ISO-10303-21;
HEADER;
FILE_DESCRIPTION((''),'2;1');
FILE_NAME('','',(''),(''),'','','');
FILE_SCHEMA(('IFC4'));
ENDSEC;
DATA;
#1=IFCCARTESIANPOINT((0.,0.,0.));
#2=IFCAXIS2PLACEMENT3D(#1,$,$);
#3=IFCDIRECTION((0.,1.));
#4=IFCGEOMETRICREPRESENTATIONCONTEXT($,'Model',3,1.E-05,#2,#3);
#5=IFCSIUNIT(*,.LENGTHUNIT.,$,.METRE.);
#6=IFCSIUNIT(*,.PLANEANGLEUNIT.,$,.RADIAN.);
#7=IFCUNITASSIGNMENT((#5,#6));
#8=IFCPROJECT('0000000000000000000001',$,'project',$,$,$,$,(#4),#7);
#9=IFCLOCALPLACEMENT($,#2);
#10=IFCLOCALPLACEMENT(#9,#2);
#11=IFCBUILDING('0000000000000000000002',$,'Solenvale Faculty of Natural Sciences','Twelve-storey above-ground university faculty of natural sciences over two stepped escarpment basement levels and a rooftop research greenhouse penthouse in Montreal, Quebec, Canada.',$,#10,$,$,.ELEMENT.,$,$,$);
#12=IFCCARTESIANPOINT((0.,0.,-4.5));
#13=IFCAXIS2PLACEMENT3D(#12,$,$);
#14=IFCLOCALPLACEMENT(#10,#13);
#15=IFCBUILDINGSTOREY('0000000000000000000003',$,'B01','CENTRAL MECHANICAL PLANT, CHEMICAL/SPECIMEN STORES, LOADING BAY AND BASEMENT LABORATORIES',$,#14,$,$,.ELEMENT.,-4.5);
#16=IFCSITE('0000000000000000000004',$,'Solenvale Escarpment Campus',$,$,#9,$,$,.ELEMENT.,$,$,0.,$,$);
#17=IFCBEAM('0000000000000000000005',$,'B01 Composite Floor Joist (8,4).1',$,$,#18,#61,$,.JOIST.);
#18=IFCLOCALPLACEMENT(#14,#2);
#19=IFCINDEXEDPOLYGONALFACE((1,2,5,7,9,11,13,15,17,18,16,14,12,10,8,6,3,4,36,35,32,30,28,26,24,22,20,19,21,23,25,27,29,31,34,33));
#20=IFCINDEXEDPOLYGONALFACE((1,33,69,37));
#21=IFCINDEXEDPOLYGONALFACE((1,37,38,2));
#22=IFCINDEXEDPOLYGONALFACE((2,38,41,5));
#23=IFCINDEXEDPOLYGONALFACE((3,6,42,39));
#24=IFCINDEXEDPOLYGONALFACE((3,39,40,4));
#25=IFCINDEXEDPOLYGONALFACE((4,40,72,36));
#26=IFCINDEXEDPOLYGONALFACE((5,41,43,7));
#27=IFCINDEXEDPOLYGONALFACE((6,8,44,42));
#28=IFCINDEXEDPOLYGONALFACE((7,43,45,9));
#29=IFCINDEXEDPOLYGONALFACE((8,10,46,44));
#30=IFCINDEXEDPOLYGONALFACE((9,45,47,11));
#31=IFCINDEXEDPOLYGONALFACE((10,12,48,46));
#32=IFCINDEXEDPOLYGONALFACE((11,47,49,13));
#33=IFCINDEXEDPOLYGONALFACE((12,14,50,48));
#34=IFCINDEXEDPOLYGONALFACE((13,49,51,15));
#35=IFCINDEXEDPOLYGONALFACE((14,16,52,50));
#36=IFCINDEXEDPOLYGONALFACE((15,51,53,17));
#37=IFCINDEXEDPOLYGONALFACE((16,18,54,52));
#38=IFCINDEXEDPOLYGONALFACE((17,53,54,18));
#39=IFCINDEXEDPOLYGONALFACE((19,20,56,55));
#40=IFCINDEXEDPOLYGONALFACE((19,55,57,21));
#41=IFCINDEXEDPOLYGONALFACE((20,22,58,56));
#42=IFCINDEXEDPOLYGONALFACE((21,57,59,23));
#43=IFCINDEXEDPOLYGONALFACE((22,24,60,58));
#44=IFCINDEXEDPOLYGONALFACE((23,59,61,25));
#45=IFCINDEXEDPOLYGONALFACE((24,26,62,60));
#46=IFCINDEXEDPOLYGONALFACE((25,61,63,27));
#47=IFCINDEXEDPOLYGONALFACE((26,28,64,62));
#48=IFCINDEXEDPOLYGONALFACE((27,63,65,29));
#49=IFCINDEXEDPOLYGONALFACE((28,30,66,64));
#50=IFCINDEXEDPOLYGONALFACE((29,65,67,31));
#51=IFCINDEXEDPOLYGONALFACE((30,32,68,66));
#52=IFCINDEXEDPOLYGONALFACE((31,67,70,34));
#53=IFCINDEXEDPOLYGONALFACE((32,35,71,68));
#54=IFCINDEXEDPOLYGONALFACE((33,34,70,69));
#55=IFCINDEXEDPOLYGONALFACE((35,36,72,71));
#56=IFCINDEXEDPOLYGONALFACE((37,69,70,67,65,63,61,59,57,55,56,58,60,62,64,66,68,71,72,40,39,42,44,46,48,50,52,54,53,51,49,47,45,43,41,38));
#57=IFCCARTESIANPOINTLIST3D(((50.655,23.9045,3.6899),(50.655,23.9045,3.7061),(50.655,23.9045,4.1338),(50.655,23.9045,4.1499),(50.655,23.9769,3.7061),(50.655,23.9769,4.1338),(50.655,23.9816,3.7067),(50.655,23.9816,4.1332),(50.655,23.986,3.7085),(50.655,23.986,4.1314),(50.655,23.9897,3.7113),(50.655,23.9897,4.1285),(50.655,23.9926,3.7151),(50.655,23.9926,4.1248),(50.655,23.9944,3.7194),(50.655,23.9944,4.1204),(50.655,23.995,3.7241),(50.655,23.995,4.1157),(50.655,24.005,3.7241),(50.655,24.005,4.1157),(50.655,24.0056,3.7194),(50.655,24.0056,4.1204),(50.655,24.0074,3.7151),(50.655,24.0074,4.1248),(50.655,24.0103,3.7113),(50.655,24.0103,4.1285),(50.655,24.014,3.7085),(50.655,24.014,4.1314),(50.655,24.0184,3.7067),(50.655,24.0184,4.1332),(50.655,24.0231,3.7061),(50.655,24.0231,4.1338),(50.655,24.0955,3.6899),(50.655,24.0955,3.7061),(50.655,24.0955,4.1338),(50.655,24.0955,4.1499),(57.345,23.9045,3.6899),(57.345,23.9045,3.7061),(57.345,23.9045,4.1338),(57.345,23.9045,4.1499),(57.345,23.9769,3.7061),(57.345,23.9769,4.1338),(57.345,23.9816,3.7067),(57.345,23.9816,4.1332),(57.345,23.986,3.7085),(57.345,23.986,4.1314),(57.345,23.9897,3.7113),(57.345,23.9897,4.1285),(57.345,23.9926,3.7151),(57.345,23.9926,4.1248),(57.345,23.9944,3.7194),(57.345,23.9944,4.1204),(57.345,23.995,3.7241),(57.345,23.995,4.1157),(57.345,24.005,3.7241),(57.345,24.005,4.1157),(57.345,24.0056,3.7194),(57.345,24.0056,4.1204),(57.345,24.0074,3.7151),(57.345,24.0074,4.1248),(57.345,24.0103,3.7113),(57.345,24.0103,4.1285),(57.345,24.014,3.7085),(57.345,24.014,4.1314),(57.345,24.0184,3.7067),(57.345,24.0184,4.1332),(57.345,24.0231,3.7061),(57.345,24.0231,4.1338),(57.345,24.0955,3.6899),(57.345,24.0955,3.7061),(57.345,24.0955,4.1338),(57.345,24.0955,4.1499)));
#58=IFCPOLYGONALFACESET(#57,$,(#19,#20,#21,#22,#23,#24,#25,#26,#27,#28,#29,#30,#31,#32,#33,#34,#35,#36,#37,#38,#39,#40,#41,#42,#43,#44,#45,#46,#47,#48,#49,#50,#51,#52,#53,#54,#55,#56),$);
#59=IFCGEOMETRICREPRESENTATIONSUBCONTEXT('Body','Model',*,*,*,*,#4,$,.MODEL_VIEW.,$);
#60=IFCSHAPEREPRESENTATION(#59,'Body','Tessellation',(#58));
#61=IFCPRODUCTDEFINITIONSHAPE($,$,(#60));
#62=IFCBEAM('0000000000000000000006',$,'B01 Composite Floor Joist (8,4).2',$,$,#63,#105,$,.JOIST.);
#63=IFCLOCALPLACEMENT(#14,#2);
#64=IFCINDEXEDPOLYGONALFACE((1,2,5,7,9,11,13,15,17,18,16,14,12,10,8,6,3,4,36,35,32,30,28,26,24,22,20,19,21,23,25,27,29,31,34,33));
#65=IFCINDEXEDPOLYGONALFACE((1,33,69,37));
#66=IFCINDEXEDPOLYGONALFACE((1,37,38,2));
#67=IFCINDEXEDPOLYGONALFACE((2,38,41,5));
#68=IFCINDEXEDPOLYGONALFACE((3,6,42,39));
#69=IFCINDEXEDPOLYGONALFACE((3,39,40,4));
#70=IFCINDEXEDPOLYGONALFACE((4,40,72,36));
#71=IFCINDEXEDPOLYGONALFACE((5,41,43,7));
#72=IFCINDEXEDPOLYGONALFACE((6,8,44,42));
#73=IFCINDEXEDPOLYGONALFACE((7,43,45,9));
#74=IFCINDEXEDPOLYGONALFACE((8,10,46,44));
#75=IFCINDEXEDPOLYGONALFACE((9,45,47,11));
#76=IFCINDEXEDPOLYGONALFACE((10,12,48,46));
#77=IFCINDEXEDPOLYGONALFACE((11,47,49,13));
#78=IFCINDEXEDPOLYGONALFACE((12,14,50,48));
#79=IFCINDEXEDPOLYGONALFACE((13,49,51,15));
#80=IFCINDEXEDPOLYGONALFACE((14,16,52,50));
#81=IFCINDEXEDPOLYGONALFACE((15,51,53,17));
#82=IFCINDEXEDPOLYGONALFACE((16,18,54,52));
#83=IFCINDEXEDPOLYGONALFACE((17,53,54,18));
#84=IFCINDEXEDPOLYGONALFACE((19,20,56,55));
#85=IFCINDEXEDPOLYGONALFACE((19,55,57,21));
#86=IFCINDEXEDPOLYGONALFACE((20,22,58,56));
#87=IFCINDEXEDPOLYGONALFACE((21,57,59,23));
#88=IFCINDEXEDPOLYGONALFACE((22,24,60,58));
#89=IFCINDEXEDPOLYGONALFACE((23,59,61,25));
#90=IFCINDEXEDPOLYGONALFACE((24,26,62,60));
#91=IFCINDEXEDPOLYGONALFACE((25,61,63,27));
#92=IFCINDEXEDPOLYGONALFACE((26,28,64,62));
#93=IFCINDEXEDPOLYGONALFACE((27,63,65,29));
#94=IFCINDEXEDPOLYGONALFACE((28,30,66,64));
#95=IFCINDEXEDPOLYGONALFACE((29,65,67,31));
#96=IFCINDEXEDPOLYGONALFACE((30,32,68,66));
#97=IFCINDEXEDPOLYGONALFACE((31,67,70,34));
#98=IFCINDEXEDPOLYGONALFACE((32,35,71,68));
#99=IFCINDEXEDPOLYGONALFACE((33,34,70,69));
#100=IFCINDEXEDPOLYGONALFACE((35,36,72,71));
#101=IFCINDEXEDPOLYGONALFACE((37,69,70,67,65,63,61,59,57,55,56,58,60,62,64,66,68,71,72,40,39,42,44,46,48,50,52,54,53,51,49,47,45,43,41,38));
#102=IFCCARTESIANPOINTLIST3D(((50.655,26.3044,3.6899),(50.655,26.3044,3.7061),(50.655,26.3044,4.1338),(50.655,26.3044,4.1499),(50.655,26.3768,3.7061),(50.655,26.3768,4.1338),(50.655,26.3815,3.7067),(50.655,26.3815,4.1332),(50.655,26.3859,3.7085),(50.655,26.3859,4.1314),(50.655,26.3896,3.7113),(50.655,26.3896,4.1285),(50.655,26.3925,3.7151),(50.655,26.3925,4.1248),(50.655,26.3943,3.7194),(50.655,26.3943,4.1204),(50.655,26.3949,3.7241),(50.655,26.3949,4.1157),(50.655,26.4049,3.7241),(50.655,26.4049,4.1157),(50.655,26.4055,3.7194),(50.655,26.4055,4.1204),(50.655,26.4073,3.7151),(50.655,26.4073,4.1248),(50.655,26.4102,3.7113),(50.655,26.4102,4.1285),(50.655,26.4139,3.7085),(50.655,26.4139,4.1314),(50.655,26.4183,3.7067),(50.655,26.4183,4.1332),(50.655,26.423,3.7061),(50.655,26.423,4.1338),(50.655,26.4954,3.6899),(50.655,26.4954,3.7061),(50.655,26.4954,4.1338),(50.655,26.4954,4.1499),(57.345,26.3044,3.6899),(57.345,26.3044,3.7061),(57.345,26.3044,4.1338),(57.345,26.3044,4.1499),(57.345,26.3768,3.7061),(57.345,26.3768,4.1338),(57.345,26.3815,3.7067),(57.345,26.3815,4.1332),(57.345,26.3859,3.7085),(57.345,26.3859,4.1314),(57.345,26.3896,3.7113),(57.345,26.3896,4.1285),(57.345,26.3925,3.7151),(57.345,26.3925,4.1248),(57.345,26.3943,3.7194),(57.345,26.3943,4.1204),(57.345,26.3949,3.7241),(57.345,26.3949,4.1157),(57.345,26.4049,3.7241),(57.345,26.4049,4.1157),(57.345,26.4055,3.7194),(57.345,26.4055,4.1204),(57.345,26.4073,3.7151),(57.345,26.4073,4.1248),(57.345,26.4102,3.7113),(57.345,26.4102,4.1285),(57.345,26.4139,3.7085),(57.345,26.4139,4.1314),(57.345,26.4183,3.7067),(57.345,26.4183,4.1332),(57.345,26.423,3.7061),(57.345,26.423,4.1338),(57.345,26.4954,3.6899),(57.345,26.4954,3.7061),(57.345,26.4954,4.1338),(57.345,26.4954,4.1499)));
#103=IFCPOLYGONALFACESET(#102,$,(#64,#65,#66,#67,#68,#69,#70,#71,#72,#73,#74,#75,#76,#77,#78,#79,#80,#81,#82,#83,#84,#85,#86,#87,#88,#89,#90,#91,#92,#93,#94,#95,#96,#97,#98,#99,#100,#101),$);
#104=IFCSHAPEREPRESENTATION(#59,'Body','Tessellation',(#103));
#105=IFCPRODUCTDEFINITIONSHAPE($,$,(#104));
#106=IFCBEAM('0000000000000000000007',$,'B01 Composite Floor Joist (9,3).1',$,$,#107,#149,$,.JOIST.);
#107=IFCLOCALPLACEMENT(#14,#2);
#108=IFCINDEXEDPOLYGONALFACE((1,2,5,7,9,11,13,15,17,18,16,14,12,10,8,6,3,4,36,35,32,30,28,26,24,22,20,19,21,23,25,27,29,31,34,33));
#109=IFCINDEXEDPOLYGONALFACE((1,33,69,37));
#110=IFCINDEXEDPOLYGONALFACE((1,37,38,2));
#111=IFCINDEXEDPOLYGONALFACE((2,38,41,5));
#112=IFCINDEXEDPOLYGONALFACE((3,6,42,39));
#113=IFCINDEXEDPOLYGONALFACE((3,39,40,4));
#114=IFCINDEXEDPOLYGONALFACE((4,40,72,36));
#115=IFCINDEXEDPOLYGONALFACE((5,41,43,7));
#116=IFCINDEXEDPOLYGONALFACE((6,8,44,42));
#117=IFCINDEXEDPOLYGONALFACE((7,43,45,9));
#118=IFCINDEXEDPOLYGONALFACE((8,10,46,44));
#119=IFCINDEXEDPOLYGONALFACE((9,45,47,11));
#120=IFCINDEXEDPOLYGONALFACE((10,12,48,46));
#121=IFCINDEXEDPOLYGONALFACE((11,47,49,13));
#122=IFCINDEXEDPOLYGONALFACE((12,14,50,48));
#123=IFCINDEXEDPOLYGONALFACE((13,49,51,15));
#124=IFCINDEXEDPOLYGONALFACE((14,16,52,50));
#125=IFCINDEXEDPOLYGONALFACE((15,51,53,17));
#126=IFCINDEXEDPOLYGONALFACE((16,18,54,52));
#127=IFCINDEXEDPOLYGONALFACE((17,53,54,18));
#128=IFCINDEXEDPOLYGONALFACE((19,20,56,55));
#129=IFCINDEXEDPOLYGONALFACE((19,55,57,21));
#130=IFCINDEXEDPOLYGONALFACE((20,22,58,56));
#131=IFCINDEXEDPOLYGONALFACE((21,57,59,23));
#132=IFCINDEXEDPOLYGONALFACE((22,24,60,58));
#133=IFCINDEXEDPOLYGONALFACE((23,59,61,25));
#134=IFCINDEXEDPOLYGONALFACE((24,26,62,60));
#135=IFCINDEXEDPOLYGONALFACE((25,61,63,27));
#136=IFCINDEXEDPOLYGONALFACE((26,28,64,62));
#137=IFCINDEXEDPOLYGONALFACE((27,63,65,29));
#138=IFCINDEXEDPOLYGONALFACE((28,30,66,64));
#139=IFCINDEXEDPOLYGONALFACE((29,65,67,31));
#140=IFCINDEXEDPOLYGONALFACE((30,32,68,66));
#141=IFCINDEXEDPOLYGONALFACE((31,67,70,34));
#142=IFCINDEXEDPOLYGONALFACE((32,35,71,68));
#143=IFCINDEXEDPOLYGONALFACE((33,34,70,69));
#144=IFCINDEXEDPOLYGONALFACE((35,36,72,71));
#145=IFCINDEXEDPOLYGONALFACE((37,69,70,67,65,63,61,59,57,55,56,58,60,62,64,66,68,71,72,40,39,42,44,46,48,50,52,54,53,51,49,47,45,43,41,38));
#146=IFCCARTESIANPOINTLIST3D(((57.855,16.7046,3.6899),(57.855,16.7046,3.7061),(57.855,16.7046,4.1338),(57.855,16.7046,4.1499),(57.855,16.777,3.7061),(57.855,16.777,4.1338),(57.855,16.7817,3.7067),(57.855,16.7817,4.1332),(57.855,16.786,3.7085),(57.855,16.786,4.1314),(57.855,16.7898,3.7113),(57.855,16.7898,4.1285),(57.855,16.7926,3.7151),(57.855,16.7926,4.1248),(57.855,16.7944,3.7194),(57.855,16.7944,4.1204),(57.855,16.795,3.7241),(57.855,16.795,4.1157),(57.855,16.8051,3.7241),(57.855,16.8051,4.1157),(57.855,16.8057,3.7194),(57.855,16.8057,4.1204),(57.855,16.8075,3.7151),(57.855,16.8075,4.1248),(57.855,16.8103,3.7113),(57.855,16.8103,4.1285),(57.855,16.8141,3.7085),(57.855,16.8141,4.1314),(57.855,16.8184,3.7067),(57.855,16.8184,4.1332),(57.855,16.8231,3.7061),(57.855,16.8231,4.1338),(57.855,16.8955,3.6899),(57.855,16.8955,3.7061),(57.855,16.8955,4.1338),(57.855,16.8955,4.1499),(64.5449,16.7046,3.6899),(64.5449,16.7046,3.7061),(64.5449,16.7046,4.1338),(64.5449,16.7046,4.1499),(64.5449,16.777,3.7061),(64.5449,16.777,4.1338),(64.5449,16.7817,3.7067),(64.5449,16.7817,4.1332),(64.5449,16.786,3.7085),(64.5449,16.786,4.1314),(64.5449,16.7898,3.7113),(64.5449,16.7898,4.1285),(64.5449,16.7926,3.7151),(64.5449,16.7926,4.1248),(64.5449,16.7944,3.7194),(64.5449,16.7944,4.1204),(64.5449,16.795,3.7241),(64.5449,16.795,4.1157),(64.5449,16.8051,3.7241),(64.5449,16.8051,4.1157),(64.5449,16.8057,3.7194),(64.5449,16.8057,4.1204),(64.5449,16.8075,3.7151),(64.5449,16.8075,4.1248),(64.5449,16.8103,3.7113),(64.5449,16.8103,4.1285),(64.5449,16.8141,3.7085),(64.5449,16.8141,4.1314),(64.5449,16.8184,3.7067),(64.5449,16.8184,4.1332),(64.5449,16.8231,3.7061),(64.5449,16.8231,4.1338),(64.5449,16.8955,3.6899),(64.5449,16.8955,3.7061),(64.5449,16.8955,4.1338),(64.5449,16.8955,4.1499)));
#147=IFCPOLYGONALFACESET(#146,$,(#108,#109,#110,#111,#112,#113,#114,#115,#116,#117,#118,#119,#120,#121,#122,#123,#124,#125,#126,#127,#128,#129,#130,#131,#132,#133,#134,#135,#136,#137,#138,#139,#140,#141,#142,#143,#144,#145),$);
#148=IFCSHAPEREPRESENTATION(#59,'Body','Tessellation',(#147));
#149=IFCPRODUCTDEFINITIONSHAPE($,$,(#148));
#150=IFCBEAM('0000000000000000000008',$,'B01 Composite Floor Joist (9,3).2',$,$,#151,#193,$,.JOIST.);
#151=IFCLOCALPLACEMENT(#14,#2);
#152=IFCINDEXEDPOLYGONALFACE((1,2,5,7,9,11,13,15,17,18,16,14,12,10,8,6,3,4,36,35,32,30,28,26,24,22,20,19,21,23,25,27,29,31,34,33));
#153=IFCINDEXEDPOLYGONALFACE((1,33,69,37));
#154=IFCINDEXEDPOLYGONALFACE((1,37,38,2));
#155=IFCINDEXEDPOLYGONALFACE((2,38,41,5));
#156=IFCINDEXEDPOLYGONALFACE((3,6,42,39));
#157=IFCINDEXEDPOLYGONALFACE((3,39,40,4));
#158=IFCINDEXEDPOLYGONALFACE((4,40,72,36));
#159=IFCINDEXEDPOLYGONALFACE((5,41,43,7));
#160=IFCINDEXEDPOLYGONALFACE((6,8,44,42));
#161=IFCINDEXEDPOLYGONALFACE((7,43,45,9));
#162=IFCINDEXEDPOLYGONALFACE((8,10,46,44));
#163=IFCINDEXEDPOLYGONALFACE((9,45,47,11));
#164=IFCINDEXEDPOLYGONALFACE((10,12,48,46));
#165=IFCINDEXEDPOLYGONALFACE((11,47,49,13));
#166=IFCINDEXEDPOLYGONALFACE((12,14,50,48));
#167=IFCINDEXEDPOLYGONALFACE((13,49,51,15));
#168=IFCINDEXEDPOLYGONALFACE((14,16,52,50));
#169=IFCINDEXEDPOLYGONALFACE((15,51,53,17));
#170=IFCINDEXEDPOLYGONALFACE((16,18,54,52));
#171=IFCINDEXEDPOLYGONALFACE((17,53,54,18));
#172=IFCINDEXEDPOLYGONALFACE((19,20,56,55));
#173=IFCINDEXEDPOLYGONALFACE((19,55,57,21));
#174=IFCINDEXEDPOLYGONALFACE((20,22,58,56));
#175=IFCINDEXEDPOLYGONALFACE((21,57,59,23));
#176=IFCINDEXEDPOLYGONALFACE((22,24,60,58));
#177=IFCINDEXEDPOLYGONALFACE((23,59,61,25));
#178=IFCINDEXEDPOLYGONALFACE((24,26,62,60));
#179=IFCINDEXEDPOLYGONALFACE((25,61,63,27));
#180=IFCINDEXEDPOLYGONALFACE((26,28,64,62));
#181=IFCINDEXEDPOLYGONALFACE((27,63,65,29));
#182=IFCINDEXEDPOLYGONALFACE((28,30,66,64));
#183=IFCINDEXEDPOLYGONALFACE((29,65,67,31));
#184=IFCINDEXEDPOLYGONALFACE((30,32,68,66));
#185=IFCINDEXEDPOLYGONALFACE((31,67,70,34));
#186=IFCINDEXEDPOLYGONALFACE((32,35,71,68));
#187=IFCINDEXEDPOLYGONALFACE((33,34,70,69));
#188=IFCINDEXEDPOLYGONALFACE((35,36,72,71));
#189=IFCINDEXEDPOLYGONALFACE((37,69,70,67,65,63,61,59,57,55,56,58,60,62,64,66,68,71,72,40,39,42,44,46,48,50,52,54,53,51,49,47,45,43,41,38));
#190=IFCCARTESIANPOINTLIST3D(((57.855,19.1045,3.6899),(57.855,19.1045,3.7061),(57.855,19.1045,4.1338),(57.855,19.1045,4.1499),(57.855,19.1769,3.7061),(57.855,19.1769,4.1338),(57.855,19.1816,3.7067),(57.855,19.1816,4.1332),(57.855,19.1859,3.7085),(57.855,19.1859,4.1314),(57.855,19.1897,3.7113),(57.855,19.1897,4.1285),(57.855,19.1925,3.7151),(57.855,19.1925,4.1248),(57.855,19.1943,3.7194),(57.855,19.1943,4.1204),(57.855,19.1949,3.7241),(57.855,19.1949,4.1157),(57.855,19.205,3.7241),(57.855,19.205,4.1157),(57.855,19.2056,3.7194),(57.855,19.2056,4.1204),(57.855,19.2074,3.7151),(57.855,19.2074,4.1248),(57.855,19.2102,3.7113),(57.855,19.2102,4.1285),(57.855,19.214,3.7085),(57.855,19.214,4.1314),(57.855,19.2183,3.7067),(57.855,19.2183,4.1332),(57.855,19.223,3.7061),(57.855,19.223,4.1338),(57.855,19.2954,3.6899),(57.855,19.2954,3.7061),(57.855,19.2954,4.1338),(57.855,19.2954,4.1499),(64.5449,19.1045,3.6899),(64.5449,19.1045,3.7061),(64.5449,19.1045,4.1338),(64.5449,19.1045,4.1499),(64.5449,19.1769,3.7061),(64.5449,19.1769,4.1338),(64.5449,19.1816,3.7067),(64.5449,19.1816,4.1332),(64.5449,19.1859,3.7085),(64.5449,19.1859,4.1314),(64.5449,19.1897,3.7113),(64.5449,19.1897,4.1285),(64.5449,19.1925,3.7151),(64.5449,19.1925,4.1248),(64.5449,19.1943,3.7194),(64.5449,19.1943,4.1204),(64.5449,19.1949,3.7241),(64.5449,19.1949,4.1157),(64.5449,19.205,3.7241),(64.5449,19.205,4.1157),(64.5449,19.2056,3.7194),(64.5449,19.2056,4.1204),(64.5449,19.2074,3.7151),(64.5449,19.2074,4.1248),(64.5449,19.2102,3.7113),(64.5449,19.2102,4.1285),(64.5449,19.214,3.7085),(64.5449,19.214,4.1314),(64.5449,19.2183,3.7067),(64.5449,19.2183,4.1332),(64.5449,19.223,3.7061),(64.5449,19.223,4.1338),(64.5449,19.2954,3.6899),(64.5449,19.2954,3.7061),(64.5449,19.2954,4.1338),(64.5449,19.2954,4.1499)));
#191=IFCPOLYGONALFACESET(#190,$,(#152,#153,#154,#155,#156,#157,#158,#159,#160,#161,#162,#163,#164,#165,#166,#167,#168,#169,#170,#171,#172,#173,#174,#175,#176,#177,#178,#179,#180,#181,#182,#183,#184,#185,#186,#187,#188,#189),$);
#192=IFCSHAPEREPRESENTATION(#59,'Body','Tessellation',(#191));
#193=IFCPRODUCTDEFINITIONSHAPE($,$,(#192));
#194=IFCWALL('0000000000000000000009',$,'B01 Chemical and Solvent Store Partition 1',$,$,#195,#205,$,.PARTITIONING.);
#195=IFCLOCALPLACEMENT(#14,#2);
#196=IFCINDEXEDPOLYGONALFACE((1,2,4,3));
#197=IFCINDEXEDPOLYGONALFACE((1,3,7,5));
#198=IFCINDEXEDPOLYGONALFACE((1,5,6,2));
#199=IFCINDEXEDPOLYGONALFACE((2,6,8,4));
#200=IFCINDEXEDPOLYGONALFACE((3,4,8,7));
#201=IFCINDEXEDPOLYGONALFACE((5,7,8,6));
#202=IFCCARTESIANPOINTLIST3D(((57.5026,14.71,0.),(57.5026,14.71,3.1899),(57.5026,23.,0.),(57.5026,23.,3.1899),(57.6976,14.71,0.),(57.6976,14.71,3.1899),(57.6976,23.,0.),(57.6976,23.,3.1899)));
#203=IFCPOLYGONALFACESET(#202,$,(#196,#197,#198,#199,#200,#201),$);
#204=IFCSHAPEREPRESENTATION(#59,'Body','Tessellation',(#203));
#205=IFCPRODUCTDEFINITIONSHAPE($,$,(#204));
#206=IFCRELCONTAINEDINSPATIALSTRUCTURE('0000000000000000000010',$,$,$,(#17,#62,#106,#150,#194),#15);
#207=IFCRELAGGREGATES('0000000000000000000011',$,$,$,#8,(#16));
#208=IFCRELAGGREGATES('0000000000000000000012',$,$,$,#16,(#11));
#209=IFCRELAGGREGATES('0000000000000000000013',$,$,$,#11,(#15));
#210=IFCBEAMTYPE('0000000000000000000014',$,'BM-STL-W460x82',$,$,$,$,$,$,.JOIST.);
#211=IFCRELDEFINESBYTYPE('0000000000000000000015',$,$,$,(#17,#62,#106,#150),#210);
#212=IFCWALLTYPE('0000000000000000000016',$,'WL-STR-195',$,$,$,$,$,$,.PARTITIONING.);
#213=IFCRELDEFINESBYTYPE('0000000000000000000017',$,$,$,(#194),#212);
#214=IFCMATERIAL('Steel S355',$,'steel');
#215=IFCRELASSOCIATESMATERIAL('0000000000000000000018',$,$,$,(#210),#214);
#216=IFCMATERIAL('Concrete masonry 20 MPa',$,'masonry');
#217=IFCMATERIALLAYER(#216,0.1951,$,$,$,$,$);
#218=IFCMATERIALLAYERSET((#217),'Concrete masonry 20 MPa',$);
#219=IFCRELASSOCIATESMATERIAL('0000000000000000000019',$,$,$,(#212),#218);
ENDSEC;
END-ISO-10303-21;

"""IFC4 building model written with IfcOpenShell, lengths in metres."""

from ifc_helpers import new_model, si_unit, direction, frame, frame_2d, origin, origin_2d, place, context, subcontext, project, spatial, rectangle, i_section, extrude, material, layer, layer_set, material_profile, profile_set, type_object, element, save


model = new_model("IFC4")

# Units and contexts
model_context = context("Model", 3, precision=1e-05, world=origin(), true_north=direction((0.0, 1.0)))
body_context = subcontext(model_context, "Body", "Model", "MODEL_VIEW")
ifc_project = project(units=[si_unit("LENGTHUNIT", "METRE"), si_unit("PLANEANGLEUNIT", "RADIAN")], contexts=[model_context])

# Site, building, storey
site_placement = place(None, origin())
site = spatial("IfcSite", under=ifc_project, at=site_placement, Name="Solenvale Escarpment Campus", CompositionType="ELEMENT", RefElevation=0.0)
building_placement = place(site_placement, origin())
building = spatial("IfcBuilding", under=site, at=building_placement, Name="Solenvale Faculty of Natural Sciences", Description="Twelve-storey above-ground university faculty of natural sciences over two stepped escarpment basement levels and a rooftop research greenhouse penthouse in Montreal, Quebec, Canada.", CompositionType="ELEMENT")
storey_placement = place(building_placement, frame((0.0, 0.0, -4.5)))
storey = spatial("IfcBuildingStorey", under=building, at=storey_placement, Name="B01", Description="CENTRAL MECHANICAL PLANT, CHEMICAL/SPECIMEN STORES, LOADING BAY AND BASEMENT LABORATORIES", CompositionType="ELEMENT", Elevation=-4.5)

# Beams
ifc_material_1 = material(Name="Steel S355", Category="steel")
ifc_material_profile_1 = material_profile(ifc_material_1, i_section(OverallWidth=0.1909, OverallDepth=0.46, WebThickness=0.01, FlangeThickness=0.0161, FilletRadius=0.0181, at=origin_2d()), Name="W460x82")
ifc_profile_set_1 = profile_set([ifc_material_profile_1], Name="Steel S355")
beam_type_1 = type_object("IfcBeamType", Name="BM-STL-W460x82", PredefinedType="JOIST", material=ifc_profile_set_1)
for number, where, z_axis, x_axis, name in (
    (1, (50.655, 24.0, 3.9199), (1.0, 0.0, 0.0), (0.0, 1.0, 0.0), "B01 Composite Floor Joist (8,4).1"),
    (2, (50.655, 26.3999, 3.9199), (1.0, 0.0, 0.0), (0.0, 1.0, 0.0), "B01 Composite Floor Joist (8,4).2"),
    (3, (57.855, 16.8, 3.9199), (1.0, 0.0, 0.0), (0.0, 1.0, 0.0), "B01 Composite Floor Joist (9,3).1"),
    (4, (57.855, 19.2, 3.9199), (1.0, 0.0, 0.0), (0.0, 1.0, 0.0), "B01 Composite Floor Joist (9,3).2"),
):
    element("IfcBeam", number, at=place(storey_placement, frame(where, z_axis=z_axis, x_axis=x_axis)), inside=storey, type_object=beam_type_1, Name=name, PredefinedType="JOIST", context=body_context, shape_type="SweptSolid", body=[
        extrude(i_section(OverallWidth=0.1909, OverallDepth=0.46, WebThickness=0.01, FlangeThickness=0.0161, FilletRadius=0.0181, at=origin_2d()), origin(), (0.0, 0.0, 1.0), 6.6899),
    ])

# Wall
ifc_material_2 = material(Name="Concrete masonry 20 MPa", Category="masonry")
ifc_layer = layer(ifc_material_2, 0.1951)
ifc_layer_set = layer_set([ifc_layer], Name="Concrete masonry 20 MPa")
wall_type = type_object("IfcWallType", Name="WL-STR-195", PredefinedType="PARTITIONING", material=ifc_layer_set)
wall_1_placement = place(storey_placement, frame((57.6001, 14.71, 0.0), z_axis=(0.0, 0.0, 1.0), x_axis=(0.0, 1.0, 0.0)))
element("IfcWall", 5, at=wall_1_placement, inside=storey, type_object=wall_type, Name="B01 Chemical and Solvent Store Partition 1", PredefinedType="PARTITIONING", context=body_context, shape_type="SweptSolid", body=[
    extrude(rectangle(XDim=8.29, YDim=0.1951, at=frame_2d((4.145, 0.0))), origin(), (0.0, 0.0, 1.0), 3.1899),
])

save(model, "model.ifc")
